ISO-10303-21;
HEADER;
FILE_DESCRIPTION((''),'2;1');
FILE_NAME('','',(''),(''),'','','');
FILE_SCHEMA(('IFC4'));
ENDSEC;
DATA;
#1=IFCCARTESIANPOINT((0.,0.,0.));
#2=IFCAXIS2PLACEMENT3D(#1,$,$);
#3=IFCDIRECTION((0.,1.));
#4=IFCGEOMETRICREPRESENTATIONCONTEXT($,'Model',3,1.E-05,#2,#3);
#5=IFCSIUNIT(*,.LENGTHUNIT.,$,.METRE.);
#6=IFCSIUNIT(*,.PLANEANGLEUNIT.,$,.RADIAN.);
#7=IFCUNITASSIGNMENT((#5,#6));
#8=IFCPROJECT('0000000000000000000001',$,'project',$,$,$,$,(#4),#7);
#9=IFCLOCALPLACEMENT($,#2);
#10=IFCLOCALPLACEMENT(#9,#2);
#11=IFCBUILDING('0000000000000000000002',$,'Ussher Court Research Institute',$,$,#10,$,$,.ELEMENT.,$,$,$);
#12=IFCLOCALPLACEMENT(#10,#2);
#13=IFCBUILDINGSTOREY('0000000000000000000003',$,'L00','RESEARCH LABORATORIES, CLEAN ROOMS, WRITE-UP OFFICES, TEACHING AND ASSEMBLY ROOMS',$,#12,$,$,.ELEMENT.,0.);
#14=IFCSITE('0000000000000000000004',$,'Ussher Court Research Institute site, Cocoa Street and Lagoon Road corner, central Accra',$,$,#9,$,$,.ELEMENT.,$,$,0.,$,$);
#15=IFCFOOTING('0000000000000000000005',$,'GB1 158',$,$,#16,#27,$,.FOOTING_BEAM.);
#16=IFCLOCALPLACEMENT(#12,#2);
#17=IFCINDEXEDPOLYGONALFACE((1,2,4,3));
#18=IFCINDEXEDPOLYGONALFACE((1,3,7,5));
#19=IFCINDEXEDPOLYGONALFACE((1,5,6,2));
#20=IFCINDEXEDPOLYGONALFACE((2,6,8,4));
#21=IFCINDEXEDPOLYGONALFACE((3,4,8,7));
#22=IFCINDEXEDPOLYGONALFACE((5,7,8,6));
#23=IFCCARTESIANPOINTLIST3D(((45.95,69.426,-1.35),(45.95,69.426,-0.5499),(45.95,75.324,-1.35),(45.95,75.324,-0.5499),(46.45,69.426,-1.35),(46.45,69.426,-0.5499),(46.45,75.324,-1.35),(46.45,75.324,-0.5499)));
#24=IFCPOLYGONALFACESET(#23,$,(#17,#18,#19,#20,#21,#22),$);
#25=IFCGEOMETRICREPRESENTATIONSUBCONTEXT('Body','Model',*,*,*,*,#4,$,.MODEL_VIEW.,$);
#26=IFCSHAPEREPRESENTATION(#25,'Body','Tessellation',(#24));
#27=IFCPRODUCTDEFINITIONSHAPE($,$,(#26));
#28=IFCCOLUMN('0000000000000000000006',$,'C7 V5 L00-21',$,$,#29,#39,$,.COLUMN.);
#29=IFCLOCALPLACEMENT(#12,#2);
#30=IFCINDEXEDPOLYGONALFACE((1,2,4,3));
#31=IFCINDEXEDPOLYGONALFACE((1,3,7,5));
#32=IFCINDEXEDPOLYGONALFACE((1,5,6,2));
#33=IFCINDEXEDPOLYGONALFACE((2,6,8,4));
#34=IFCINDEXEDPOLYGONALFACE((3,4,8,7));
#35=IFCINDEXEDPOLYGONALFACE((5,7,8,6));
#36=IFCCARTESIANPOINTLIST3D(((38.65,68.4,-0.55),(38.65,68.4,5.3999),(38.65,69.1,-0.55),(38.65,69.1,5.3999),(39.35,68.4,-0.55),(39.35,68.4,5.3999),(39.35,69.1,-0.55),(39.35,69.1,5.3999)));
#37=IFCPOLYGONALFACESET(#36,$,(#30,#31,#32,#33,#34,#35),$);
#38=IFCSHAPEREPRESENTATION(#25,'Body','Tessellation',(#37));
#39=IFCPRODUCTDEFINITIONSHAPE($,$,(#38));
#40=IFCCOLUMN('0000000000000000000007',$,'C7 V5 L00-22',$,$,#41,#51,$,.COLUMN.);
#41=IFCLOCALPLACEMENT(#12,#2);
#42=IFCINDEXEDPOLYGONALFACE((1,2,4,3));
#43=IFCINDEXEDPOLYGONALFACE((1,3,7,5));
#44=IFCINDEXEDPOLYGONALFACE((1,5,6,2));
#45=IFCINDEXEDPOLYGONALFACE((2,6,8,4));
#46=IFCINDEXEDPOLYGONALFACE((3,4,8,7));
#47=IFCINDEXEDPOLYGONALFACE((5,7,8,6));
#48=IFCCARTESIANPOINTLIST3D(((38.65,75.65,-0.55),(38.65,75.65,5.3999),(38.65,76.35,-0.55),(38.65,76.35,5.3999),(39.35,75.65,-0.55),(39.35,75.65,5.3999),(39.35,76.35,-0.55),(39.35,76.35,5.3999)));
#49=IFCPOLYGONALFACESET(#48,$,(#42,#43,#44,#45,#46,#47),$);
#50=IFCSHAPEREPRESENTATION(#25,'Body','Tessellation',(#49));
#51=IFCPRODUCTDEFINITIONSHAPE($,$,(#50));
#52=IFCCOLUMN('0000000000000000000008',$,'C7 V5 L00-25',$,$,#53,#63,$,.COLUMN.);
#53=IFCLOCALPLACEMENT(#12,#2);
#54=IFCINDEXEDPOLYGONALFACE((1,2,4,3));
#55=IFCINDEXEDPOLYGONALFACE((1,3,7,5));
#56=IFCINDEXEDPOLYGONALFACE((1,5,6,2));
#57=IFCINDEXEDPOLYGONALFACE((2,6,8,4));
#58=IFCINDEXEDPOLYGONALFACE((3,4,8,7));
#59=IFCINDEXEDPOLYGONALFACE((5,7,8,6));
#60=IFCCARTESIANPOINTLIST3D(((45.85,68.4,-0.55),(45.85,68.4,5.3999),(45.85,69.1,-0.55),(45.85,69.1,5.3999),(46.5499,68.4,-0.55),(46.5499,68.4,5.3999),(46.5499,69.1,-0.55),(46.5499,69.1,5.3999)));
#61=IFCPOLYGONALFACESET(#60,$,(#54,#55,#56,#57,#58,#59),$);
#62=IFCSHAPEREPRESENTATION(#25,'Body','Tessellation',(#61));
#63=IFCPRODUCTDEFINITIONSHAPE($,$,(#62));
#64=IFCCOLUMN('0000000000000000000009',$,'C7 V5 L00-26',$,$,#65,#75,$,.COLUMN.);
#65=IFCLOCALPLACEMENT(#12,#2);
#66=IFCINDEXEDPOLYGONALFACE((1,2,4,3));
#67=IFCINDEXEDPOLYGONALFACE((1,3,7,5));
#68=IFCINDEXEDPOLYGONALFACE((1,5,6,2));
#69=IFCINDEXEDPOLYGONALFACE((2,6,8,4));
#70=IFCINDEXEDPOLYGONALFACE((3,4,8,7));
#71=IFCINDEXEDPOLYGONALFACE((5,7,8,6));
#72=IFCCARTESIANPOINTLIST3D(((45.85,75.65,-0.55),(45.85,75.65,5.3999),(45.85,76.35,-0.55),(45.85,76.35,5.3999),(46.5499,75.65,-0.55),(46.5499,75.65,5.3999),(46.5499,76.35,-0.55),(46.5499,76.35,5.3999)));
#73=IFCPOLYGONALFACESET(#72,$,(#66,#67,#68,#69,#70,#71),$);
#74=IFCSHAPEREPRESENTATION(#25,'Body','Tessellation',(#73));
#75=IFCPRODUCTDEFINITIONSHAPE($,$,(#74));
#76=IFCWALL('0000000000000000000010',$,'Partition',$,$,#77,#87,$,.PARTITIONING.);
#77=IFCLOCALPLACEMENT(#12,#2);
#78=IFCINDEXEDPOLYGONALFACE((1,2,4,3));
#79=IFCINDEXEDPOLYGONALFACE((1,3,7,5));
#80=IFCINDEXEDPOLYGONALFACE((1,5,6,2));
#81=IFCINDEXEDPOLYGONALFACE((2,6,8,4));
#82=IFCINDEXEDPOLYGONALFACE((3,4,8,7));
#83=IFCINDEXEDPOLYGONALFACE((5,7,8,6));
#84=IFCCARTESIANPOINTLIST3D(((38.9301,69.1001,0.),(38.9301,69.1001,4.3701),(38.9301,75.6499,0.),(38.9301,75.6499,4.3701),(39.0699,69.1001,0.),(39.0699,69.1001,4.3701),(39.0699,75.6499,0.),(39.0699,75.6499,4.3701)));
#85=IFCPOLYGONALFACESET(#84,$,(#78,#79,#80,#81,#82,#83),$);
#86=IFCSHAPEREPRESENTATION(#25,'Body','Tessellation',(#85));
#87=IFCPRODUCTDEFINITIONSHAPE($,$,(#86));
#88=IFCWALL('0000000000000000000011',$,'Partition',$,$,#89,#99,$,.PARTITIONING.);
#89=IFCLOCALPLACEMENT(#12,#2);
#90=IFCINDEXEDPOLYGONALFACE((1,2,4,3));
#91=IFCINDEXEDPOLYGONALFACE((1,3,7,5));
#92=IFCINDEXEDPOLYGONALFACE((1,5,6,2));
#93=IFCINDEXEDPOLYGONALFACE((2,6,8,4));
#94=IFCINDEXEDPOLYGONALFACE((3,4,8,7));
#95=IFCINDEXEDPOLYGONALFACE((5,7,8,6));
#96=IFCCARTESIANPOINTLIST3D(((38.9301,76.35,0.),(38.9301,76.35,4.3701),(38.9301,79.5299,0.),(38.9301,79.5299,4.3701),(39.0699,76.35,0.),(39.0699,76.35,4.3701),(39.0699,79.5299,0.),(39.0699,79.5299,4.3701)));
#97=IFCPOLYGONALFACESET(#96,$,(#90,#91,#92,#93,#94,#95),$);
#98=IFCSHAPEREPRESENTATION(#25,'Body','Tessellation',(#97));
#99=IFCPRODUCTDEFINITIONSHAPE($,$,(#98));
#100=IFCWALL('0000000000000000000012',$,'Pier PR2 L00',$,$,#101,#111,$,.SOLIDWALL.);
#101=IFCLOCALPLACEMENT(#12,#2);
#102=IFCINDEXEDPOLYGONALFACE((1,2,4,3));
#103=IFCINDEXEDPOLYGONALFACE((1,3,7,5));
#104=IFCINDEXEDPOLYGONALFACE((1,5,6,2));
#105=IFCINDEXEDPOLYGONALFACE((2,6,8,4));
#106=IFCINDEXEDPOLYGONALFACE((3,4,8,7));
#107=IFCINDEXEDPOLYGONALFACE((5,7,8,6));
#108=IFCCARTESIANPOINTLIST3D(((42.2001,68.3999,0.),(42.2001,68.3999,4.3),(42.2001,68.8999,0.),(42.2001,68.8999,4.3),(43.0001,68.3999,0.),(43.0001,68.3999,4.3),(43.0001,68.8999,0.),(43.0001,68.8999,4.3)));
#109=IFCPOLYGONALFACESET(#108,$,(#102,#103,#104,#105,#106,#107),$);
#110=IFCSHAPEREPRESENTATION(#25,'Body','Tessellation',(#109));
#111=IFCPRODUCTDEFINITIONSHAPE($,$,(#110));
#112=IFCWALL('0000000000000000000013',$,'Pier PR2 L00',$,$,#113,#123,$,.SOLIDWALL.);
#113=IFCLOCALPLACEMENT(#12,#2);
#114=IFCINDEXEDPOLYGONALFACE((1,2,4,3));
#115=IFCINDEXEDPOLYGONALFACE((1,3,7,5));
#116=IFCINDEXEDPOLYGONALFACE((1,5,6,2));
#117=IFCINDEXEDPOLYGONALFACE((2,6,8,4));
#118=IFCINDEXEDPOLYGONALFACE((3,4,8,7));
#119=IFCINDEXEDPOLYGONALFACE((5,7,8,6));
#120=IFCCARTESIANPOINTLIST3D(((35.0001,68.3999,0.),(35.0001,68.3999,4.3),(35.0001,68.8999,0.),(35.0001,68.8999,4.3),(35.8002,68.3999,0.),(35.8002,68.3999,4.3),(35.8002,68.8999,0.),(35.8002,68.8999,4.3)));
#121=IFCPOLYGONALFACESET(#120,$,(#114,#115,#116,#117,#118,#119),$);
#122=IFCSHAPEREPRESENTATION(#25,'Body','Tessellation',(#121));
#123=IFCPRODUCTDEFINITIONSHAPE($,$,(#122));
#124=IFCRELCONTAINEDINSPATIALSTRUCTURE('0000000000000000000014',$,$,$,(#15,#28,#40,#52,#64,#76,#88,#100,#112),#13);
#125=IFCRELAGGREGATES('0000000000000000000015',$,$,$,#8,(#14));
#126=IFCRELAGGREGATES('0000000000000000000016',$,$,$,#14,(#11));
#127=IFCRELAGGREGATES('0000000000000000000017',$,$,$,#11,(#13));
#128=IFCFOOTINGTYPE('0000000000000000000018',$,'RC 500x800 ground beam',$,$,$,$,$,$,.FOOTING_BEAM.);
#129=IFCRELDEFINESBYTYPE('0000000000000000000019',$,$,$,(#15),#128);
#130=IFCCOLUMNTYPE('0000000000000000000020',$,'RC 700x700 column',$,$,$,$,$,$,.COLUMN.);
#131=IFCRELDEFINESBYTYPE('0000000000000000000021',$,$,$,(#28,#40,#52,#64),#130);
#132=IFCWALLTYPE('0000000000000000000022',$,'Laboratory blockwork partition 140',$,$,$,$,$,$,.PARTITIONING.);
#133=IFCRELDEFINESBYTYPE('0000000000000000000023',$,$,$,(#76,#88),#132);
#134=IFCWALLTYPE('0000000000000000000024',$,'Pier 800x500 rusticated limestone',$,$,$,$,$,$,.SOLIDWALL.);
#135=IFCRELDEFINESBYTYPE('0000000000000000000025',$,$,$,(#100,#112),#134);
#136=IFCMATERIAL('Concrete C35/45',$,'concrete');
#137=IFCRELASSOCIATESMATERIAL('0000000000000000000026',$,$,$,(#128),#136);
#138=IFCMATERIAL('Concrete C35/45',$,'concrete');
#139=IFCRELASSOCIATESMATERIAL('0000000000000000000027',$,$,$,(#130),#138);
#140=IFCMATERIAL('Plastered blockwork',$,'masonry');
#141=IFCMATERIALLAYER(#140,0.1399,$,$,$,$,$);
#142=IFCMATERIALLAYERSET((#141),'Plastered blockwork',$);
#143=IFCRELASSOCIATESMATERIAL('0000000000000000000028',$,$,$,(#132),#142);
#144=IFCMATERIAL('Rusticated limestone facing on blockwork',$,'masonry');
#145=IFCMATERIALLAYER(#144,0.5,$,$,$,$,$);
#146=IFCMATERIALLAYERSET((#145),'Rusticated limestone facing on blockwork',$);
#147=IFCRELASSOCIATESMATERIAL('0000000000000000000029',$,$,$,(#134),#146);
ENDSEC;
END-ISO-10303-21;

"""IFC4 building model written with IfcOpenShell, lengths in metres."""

from ifc_helpers import new_model, si_unit, direction, frame, frame_2d, origin, origin_2d, place, context, subcontext, project, spatial, rectangle, extrude, material, layer, layer_set, material_profile, profile_set, type_object, element, save


model = new_model("IFC4")

# Units and contexts
model_context = context("Model", 3, precision=1e-05, world=origin(), true_north=direction((0.0, 1.0)))
body_context = subcontext(model_context, "Body", "Model", "MODEL_VIEW")
ifc_project = project(units=[si_unit("LENGTHUNIT", "METRE"), si_unit("PLANEANGLEUNIT", "RADIAN")], contexts=[model_context])

# Site, building, storey
site_placement = place(None, origin())
site = spatial("IfcSite", under=ifc_project, at=site_placement, Name="Ussher Court Research Institute site, Cocoa Street and Lagoon Road corner, central Accra", CompositionType="ELEMENT", RefElevation=0.0)
building_placement = place(site_placement, origin())
building = spatial("IfcBuilding", under=site, at=building_placement, Name="Ussher Court Research Institute", CompositionType="ELEMENT")
storey_placement = place(building_placement, origin())
storey = spatial("IfcBuildingStorey", under=building, at=storey_placement, Name="L00", Description="RESEARCH LABORATORIES, CLEAN ROOMS, WRITE-UP OFFICES, TEACHING AND ASSEMBLY ROOMS", CompositionType="ELEMENT", Elevation=0.0)

# Footing
ifc_material_1 = material(Name="Concrete C35/45", Category="concrete")
ifc_material_profile_1 = material_profile(ifc_material_1, rectangle(XDim=0.5, YDim=0.8, at=origin_2d()), Name="RC 500x800")
ifc_profile_set_1 = profile_set([ifc_material_profile_1], Name="Concrete C35/45")
footing_type = type_object("IfcFootingType", Name="RC 500x800 ground beam", PredefinedType="FOOTING_BEAM", material=ifc_profile_set_1)
footing_1_placement = place(storey_placement, frame((46.2, 69.426, -0.95), z_axis=(0.0, 1.0, 0.0), x_axis=(-1.0, 0.0, 0.0)))
element("IfcFooting", 1, at=footing_1_placement, inside=storey, type_object=footing_type, Name="GB1 158", PredefinedType="FOOTING_BEAM", context=body_context, shape_type="SweptSolid", body=[
    extrude(rectangle(XDim=0.5, YDim=0.8, at=origin_2d()), origin(), (0.0, 0.0, 1.0), 5.8979),
])

# Columns
ifc_material_2 = material(Name="Concrete C35/45", Category="concrete")
ifc_material_profile_2 = material_profile(ifc_material_2, rectangle(XDim=0.7, YDim=0.7, at=origin_2d()), Name="RC 700x700")
ifc_profile_set_2 = profile_set([ifc_material_profile_2], Name="Concrete C35/45")
column_type = type_object("IfcColumnType", Name="RC 700x700 column", PredefinedType="COLUMN", material=ifc_profile_set_2)
for number, where, z_axis, x_axis, name in (
    (2, (39.0, 68.75, -0.55), (0.0, 0.0, 1.0), (1.0, 0.0, 0.0), "C7 V5 L00-21"),
    (3, (39.0, 76.0, -0.55), (0.0, 0.0, 1.0), (1.0, 0.0, 0.0), "C7 V5 L00-22"),
    (4, (46.2, 68.75, -0.55), (0.0, 0.0, 1.0), (1.0, 0.0, 0.0), "C7 V5 L00-25"),
    (5, (46.2, 76.0, -0.55), (0.0, 0.0, 1.0), (1.0, 0.0, 0.0), "C7 V5 L00-26"),
):
    element("IfcColumn", number, at=place(storey_placement, frame(where, z_axis=z_axis, x_axis=x_axis)), inside=storey, type_object=column_type, Name=name, PredefinedType="COLUMN", context=body_context, shape_type="SweptSolid", body=[
        extrude(rectangle(XDim=0.7, YDim=0.7, at=origin_2d()), origin(), (0.0, 0.0, 1.0), 5.95),
    ])

# Walls
ifc_material_3 = material(Name="Plastered blockwork", Category="masonry")
ifc_layer_1 = layer(ifc_material_3, 0.1399)
ifc_layer_set_1 = layer_set([ifc_layer_1], Name="Plastered blockwork")
wall_type_1 = type_object("IfcWallType", Name="Laboratory blockwork partition 140", PredefinedType="PARTITIONING", material=ifc_layer_set_1)
wall_1_placement = place(storey_placement, frame((39.0, 69.1001, 0.0), z_axis=(0.0, 0.0, 1.0), x_axis=(0.0, 1.0, 0.0)))
element("IfcWall", 6, at=wall_1_placement, inside=storey, type_object=wall_type_1, Name="Partition", PredefinedType="PARTITIONING", context=body_context, shape_type="SweptSolid", body=[
    extrude(rectangle(XDim=6.5498, YDim=0.1399, at=frame_2d((3.2749, 0.0))), origin(), (0.0, 0.0, 1.0), 4.3701),
])
wall_2_placement = place(storey_placement, frame((39.0, 76.3501, 0.0), z_axis=(0.0, 0.0, 1.0), x_axis=(0.0, 1.0, 0.0)))
element("IfcWall", 7, at=wall_2_placement, inside=storey, type_object=wall_type_1, Name="Partition", PredefinedType="PARTITIONING", context=body_context, shape_type="SweptSolid", body=[
    extrude(rectangle(XDim=3.1799, YDim=0.1399, at=frame_2d((1.5898, 0.0))), origin(), (0.0, 0.0, 1.0), 4.3701),
])
ifc_material_4 = material(Name="Rusticated limestone facing on blockwork", Category="masonry")
ifc_layer_2 = layer(ifc_material_4, 0.5)
ifc_layer_set_2 = layer_set([ifc_layer_2], Name="Rusticated limestone facing on blockwork")
wall_type_2 = type_object("IfcWallType", Name="Pier 800x500 rusticated limestone", PredefinedType="SOLIDWALL", material=ifc_layer_set_2)
for number, where, z_axis, x_axis, name in (
    (8, (43.0, 68.6499, 0.0), (0.0, 0.0, 1.0), (-1.0, 0.0, 0.0), "Pier PR2 L00"),
    (9, (35.8, 68.6499, 0.0), (0.0, 0.0, 1.0), (-1.0, 0.0, 0.0), "Pier PR2 L00"),
):
    element("IfcWall", number, at=place(storey_placement, frame(where, z_axis=z_axis, x_axis=x_axis)), inside=storey, type_object=wall_type_2, Name=name, PredefinedType="SOLIDWALL", context=body_context, shape_type="SweptSolid", body=[
        extrude(rectangle(XDim=0.8, YDim=0.5, at=frame_2d((0.3999, 0.0))), origin(), (0.0, 0.0, 1.0), 4.3),
    ])

save(model, "model.ifc")
